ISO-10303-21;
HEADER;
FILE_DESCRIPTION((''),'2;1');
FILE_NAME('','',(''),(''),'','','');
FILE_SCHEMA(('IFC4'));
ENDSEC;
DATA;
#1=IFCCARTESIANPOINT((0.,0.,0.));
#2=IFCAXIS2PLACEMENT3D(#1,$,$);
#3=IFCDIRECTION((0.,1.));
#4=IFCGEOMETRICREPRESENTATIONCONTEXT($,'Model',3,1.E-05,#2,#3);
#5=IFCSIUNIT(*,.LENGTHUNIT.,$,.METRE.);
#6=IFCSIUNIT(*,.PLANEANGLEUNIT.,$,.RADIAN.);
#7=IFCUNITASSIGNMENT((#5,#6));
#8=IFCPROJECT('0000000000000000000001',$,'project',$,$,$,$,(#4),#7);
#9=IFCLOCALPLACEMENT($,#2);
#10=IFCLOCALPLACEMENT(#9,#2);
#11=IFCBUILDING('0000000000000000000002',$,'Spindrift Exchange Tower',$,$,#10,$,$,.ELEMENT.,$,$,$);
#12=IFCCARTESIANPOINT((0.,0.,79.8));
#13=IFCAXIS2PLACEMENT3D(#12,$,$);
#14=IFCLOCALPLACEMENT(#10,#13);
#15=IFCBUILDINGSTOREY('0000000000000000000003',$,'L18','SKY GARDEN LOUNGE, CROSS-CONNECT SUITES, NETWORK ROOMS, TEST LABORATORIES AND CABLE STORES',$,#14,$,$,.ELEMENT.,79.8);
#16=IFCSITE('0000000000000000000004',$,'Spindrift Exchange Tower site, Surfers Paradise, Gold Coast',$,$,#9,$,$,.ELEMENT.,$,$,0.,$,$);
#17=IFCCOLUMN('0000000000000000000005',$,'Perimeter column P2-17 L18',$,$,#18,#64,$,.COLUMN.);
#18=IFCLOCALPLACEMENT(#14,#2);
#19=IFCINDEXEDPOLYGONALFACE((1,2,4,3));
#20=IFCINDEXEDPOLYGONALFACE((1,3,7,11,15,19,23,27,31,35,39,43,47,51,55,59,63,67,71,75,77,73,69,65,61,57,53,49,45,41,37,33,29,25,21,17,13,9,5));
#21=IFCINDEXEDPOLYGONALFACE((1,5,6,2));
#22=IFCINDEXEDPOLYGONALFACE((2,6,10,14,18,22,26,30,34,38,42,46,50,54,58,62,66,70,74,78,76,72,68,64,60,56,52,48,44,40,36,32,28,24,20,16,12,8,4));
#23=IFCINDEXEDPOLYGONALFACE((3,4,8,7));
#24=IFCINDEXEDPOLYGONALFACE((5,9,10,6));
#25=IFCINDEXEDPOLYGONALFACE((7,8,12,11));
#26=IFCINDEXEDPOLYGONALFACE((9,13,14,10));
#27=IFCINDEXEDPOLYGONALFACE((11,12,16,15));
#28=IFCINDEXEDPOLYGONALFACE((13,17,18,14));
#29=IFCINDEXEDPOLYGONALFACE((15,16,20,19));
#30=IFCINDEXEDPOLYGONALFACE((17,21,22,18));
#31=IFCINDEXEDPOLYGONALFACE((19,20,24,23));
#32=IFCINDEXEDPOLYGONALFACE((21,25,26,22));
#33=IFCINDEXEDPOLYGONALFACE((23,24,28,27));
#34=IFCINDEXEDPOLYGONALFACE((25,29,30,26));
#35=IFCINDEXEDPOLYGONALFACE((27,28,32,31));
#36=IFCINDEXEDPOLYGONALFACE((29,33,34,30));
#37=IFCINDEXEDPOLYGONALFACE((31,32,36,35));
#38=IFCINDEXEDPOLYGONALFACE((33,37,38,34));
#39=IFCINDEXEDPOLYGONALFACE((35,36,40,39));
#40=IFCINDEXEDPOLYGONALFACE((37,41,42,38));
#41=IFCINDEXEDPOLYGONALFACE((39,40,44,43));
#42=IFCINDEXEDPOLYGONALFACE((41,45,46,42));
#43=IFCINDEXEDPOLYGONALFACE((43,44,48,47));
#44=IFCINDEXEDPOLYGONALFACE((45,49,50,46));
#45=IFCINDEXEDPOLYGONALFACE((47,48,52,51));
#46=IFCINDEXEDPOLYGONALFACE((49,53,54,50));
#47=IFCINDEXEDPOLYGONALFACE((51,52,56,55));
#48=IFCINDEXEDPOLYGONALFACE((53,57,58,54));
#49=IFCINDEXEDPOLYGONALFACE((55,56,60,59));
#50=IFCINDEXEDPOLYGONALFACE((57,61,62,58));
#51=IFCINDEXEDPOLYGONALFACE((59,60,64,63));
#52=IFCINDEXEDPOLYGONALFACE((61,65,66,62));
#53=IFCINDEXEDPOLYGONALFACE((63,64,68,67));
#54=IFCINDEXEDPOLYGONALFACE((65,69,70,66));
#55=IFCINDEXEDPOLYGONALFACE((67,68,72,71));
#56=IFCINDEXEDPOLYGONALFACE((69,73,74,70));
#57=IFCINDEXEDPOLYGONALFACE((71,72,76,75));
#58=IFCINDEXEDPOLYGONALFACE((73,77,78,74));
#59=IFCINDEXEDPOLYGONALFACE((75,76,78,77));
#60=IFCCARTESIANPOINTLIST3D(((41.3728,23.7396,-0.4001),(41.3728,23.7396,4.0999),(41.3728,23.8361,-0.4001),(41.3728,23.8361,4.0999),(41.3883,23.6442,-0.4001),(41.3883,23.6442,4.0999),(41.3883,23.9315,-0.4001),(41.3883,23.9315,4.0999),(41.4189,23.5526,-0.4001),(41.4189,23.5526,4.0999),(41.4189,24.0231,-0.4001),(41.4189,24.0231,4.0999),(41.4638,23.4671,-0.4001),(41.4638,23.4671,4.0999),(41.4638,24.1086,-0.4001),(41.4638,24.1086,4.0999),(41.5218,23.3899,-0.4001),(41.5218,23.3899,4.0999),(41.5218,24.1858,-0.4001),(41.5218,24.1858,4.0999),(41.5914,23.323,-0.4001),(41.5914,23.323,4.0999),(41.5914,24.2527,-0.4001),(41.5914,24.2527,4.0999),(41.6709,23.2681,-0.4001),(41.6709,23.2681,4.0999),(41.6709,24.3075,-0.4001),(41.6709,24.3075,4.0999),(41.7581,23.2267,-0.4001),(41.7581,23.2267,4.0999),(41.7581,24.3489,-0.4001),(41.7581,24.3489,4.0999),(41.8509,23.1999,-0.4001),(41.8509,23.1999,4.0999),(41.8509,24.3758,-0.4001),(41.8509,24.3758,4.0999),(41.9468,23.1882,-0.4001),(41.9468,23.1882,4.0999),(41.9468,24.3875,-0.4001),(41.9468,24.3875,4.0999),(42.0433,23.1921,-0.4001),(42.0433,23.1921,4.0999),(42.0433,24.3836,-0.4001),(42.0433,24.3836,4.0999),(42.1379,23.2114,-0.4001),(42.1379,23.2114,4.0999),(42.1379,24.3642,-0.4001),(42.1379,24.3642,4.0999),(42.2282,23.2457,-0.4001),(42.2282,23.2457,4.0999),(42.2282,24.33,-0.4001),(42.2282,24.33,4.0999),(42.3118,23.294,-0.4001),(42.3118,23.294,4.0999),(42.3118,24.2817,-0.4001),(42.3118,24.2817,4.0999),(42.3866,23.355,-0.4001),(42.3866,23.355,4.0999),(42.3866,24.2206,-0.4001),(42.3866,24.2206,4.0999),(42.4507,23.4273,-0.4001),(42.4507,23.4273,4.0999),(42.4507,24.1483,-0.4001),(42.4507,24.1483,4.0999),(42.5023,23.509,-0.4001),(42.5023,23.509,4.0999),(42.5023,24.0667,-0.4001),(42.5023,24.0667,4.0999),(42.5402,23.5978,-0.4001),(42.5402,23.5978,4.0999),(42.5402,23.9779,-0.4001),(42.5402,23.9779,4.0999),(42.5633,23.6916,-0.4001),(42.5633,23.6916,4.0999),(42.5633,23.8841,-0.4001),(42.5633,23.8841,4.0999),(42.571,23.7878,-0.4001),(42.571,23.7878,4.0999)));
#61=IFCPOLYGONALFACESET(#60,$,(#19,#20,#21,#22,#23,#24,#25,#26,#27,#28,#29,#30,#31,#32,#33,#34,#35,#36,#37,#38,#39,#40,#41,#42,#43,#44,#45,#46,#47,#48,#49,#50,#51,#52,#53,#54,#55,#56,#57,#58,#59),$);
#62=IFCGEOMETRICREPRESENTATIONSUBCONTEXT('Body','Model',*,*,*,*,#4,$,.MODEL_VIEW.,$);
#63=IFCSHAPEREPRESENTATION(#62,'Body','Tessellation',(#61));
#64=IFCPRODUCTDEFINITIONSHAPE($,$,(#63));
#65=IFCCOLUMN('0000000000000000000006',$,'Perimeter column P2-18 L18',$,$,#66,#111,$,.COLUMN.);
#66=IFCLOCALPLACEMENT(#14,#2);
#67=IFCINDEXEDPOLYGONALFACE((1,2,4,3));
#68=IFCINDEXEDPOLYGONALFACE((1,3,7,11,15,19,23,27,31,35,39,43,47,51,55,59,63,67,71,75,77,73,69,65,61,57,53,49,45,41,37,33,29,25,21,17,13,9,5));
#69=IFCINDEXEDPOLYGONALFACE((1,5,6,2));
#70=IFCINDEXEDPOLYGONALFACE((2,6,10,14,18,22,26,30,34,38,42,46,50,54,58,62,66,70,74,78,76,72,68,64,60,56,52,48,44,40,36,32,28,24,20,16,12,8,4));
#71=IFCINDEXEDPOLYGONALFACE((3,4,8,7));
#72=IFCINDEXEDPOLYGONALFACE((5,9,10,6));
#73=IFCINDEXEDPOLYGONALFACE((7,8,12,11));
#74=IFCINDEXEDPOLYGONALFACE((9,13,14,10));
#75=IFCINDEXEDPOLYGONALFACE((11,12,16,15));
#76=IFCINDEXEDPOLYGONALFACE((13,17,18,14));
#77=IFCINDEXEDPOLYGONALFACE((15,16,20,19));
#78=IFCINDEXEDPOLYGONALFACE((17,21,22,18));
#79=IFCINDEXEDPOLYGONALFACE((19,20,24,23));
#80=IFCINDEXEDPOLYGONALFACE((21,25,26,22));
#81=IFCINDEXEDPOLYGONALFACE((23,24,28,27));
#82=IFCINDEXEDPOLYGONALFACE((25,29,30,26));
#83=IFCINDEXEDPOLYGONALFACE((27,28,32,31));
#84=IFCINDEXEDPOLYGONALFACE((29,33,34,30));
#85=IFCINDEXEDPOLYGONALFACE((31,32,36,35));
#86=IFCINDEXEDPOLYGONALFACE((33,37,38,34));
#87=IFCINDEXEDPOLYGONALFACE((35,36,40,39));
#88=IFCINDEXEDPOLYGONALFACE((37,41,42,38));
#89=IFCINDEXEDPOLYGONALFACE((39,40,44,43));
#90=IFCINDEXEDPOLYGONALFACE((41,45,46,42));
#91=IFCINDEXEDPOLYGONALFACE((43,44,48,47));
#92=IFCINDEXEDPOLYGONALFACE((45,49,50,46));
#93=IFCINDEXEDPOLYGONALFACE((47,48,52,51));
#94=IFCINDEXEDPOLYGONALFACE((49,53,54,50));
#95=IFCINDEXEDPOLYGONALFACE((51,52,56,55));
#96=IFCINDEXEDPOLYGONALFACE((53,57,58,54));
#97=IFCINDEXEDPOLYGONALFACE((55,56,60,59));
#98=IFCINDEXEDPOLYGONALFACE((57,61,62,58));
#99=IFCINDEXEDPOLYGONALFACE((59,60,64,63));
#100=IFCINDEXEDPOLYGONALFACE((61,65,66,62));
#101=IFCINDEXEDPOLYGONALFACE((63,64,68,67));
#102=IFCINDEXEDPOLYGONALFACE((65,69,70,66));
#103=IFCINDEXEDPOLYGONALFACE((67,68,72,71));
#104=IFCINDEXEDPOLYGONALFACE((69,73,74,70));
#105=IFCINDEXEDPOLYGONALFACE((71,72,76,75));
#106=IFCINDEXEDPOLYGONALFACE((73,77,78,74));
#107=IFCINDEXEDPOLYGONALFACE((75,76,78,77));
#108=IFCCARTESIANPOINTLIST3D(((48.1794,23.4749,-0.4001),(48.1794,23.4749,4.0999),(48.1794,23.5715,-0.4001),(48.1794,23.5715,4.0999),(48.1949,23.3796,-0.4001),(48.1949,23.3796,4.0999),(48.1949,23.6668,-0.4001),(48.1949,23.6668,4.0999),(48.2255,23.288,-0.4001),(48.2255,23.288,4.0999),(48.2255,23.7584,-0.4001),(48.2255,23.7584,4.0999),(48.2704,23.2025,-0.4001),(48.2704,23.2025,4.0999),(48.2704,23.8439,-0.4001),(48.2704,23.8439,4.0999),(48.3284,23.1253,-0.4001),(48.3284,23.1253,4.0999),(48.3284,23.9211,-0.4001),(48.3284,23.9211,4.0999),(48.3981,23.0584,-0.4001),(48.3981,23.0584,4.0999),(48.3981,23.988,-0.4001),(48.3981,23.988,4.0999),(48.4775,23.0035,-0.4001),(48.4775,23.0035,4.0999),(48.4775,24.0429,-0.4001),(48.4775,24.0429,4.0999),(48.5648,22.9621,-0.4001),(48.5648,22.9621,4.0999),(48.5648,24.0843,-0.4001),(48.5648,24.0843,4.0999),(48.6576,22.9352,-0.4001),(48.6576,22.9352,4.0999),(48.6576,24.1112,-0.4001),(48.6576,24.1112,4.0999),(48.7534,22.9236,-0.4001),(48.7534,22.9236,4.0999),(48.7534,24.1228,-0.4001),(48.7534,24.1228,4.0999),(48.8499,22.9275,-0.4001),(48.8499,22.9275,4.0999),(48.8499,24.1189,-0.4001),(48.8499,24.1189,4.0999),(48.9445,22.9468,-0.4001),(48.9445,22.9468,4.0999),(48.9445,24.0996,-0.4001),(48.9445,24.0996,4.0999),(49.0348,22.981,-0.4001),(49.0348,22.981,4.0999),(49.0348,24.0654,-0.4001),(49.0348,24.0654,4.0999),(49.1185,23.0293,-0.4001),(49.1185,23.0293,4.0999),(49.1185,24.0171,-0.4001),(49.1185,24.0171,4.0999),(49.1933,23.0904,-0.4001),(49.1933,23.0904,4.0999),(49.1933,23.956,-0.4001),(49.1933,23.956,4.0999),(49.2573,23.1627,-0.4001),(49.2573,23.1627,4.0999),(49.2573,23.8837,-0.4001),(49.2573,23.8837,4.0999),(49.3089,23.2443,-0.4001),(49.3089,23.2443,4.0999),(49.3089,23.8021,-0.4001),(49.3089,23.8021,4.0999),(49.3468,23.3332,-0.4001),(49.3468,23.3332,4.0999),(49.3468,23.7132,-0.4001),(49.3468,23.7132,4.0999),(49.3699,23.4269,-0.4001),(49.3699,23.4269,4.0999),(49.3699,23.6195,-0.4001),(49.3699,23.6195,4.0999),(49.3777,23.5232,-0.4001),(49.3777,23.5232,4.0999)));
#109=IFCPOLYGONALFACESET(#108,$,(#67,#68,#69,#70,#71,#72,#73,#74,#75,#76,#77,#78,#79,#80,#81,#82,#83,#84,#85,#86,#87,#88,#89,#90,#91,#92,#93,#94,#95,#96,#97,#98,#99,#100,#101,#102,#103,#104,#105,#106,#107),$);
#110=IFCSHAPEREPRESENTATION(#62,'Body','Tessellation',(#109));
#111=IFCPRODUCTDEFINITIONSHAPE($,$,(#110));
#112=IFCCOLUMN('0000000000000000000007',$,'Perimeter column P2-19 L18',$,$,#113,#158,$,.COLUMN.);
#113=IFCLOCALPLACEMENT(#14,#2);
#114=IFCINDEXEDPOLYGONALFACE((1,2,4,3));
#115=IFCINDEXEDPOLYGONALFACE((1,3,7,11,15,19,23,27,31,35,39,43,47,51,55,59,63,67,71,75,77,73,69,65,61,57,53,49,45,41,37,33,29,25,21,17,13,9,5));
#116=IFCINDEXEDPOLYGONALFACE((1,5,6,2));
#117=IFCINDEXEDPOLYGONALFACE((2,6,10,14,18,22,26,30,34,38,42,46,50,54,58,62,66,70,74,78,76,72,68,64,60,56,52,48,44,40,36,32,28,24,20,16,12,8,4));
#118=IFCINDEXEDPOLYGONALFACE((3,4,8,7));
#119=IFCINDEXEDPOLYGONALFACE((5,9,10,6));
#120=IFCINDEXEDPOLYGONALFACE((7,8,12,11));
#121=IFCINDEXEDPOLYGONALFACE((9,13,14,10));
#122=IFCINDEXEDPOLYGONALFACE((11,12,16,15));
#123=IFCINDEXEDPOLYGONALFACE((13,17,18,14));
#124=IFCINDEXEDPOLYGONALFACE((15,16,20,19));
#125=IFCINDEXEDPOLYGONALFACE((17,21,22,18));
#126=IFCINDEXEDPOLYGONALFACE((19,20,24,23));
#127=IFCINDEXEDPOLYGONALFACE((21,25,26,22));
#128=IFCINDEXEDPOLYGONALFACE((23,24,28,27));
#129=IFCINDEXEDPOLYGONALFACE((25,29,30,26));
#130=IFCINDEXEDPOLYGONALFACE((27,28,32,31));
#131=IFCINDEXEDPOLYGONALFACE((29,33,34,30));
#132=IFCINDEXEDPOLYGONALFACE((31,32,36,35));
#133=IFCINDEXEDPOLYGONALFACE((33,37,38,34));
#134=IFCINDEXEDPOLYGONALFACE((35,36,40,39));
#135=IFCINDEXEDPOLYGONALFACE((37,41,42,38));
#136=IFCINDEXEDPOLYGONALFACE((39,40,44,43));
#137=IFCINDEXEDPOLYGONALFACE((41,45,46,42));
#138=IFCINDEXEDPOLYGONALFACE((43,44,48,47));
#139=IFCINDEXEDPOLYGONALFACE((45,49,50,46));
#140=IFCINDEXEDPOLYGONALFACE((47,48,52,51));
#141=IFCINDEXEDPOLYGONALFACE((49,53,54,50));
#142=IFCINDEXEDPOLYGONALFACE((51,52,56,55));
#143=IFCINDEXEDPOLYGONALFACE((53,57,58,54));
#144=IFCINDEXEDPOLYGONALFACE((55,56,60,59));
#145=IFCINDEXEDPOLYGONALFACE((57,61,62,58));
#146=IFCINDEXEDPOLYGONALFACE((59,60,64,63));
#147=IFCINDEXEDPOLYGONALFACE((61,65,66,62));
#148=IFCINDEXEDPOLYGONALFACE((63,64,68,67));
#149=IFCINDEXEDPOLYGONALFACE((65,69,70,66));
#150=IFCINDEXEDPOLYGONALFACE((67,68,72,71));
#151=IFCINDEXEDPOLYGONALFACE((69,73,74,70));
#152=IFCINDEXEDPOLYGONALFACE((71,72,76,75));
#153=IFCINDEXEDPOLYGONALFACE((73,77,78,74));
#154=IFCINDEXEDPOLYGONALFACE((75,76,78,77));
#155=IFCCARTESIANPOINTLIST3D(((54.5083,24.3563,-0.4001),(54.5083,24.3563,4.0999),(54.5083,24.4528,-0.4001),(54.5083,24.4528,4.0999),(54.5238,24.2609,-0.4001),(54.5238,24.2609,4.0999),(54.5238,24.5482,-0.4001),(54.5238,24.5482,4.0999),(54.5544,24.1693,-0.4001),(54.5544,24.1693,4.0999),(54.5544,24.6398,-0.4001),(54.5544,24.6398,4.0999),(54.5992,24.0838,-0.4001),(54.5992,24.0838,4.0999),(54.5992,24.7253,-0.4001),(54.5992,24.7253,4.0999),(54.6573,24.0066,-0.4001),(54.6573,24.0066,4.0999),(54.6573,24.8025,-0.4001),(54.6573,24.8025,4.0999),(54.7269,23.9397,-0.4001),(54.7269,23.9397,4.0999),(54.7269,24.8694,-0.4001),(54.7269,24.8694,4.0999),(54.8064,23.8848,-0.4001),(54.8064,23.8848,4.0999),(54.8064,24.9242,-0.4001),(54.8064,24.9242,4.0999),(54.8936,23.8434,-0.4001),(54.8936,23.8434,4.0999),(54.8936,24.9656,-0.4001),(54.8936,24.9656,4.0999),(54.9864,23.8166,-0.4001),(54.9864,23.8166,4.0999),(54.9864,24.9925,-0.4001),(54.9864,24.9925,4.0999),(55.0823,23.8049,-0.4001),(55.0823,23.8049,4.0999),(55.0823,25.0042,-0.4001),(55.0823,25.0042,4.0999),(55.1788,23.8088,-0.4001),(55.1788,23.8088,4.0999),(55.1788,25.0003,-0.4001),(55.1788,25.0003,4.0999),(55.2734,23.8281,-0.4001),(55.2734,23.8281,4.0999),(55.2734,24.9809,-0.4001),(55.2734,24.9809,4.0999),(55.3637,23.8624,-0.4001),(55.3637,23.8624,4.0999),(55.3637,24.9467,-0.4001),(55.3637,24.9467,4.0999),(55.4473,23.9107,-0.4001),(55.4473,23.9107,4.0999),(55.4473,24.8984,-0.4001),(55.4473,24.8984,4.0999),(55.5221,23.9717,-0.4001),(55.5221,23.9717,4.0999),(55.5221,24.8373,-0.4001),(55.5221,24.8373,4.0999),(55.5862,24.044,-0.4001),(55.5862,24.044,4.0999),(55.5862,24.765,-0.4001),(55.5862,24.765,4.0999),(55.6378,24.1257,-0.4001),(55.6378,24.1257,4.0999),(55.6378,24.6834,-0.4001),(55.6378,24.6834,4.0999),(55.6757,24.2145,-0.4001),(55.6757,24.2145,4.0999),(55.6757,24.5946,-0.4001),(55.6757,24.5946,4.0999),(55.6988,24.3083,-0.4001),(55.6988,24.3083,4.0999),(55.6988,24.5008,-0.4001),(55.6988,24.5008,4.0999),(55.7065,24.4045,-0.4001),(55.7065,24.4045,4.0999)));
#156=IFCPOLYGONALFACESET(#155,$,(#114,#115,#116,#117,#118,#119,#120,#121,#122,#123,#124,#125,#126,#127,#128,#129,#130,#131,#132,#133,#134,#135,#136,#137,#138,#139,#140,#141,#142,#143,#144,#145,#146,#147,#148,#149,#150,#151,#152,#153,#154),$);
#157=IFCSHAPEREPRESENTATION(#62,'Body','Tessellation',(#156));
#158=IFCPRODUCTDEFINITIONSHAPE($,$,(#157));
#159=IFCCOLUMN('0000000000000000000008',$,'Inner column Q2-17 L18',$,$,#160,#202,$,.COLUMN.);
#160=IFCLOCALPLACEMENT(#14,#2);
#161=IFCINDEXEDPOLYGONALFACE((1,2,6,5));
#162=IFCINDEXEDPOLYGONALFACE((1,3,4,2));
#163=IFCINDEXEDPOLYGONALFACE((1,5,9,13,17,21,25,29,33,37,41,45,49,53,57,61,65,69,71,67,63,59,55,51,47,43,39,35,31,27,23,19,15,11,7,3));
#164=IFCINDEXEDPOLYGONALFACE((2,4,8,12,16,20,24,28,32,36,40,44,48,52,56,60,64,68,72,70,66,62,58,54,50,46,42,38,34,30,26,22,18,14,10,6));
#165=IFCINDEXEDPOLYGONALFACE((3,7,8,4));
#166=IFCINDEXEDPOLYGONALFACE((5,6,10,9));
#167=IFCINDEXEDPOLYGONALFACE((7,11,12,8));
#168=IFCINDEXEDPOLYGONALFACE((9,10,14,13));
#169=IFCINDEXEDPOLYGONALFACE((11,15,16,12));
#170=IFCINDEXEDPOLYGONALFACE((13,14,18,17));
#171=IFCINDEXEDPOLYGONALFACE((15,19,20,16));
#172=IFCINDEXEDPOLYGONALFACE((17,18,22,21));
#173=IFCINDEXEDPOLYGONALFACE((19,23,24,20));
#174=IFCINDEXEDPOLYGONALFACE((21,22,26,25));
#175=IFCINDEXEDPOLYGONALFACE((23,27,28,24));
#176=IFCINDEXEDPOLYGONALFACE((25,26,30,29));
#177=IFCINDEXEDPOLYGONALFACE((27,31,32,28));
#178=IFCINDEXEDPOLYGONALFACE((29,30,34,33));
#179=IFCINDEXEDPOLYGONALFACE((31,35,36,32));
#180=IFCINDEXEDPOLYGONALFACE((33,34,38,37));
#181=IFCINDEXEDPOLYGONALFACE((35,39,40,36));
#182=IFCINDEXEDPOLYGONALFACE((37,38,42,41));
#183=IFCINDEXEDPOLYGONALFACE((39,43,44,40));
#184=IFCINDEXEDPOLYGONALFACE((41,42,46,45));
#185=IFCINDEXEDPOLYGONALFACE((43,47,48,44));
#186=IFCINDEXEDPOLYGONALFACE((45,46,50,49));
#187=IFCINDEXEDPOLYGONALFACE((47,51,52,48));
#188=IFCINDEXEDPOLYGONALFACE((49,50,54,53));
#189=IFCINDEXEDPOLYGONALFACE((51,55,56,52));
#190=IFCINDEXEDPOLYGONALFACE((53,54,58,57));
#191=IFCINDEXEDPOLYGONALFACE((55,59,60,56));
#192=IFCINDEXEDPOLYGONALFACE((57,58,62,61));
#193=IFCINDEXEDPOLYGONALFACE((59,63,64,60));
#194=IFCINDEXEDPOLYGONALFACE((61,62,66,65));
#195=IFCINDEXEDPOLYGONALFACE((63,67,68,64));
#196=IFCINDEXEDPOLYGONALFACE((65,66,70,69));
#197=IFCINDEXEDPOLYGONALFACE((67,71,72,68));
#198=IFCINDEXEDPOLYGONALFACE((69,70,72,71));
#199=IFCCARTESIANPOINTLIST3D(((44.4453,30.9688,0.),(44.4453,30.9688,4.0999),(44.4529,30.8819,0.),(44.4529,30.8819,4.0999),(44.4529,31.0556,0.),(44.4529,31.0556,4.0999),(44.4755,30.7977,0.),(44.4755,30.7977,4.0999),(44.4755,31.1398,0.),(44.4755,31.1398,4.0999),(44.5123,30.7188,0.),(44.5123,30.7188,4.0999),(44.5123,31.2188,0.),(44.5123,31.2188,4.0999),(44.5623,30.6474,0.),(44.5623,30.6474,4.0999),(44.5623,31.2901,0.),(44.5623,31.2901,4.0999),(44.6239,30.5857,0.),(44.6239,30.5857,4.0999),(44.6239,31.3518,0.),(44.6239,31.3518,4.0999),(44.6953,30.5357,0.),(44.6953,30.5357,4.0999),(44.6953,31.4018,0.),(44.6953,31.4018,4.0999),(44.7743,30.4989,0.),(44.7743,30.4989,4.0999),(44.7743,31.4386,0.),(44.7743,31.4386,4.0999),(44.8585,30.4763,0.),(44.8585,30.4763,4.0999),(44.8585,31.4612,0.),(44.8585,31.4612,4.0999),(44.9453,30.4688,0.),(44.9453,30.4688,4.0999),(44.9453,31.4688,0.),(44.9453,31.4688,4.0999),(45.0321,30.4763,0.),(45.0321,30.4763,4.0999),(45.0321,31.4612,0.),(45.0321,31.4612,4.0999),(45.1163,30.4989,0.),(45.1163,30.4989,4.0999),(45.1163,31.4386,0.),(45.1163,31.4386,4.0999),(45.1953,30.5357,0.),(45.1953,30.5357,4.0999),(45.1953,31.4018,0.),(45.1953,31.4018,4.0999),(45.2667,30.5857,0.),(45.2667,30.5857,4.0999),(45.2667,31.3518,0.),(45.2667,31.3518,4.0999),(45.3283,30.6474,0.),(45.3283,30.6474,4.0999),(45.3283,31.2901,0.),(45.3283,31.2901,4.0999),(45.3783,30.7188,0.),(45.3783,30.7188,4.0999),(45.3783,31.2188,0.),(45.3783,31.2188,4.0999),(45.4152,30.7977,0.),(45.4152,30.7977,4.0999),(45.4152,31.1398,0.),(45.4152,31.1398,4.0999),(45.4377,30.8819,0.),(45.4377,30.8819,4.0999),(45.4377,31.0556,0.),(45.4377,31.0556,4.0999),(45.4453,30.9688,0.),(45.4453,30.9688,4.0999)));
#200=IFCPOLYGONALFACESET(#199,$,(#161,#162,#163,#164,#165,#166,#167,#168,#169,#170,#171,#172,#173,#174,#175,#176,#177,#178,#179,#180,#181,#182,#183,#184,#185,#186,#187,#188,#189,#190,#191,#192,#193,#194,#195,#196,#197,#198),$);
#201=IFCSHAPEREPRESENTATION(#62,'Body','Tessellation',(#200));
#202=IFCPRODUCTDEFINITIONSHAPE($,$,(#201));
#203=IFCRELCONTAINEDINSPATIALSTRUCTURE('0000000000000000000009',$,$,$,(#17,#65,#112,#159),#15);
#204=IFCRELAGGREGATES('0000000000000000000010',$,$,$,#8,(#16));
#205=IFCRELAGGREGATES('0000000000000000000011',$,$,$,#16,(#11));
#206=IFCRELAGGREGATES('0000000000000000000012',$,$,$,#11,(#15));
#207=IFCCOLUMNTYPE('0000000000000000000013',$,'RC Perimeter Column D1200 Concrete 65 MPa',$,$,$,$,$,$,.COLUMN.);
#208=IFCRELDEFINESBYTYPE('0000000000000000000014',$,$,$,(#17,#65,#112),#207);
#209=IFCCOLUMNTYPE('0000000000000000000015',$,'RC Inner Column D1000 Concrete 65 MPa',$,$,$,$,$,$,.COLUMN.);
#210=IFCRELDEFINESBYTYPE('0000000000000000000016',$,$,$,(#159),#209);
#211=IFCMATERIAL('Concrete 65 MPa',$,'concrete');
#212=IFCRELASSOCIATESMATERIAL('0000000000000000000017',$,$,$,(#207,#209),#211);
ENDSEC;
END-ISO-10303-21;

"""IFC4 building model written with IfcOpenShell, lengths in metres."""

from ifc_helpers import new_model, si_unit, direction, frame, origin, origin_2d, place, context, subcontext, project, spatial, circle, extrude, source, transform, mapped, material, material_profile, profile_set, type_object, element, save


model = new_model("IFC4")

# Units and contexts
model_context = context("Model", 3, precision=1e-05, world=origin(), true_north=direction((0.0, 1.0)))
body_context = subcontext(model_context, "Body", "Model", "MODEL_VIEW")
ifc_project = project(units=[si_unit("LENGTHUNIT", "METRE"), si_unit("PLANEANGLEUNIT", "RADIAN")], contexts=[model_context])

# Site, building, storey
site_placement = place(None, origin())
site = spatial("IfcSite", under=ifc_project, at=site_placement, Name="Spindrift Exchange Tower site, Surfers Paradise, Gold Coast", CompositionType="ELEMENT", RefElevation=0.0)
building_placement = place(site_placement, origin())
building = spatial("IfcBuilding", under=site, at=building_placement, Name="Spindrift Exchange Tower", CompositionType="ELEMENT")
storey_placement = place(building_placement, frame((0.0, 0.0, 79.8)))
storey = spatial("IfcBuildingStorey", under=building, at=storey_placement, Name="L18", Description="SKY GARDEN LOUNGE, CROSS-CONNECT SUITES, NETWORK ROOMS, TEST LABORATORIES AND CABLE STORES", CompositionType="ELEMENT", Elevation=79.8)

# Columns
ifc_material_1 = material(Name="Concrete 65 MPa", Category="concrete")
ifc_material_profile_1 = material_profile(ifc_material_1, circle(Radius=0.6001, at=origin_2d()), Name="RC D1200")
ifc_profile_set_1 = profile_set([ifc_material_profile_1], Name="Concrete 65 MPa")
column_type_1 = type_object("IfcColumnType", Name="RC Perimeter Column D1200 Concrete 65 MPa", PredefinedType="COLUMN", material=ifc_profile_set_1)
shared_shape_1 = source(origin(), body_context, "Body", "SweptSolid", [
    extrude(circle(Radius=0.6001, at=origin_2d()), origin(), (0.0, 0.0, 1.0), 4.5),
])
for number, where, z_axis, x_axis, name in (
    (1, (41.9709, 23.7878, -0.4001), (0.0, 0.0, 1.0), (1.0, 0.0, 0.0), "Perimeter column P2-17 L18"),
    (2, (48.7776, 23.5232, -0.4001), (0.0, 0.0, 1.0), (1.0, 0.0, 0.0), "Perimeter column P2-18 L18"),
    (3, (55.1064, 24.4045, -0.4001), (0.0, 0.0, 1.0), (1.0, 0.0, 0.0), "Perimeter column P2-19 L18"),
):
    element("IfcColumn", number, at=place(storey_placement, frame(where, z_axis=z_axis, x_axis=x_axis)), inside=storey, type_object=column_type_1, Name=name, PredefinedType="COLUMN", context=body_context, shape_type="MappedRepresentation", body=[
        mapped(shared_shape_1, transform((0.0, 0.0, 0.0), scale=1.0)),
    ])
ifc_material_profile_2 = material_profile(ifc_material_1, circle(Radius=0.5, at=origin_2d()), Name="RC D1000")
ifc_profile_set_2 = profile_set([ifc_material_profile_2], Name="Concrete 65 MPa")
column_type_2 = type_object("IfcColumnType", Name="RC Inner Column D1000 Concrete 65 MPa", PredefinedType="COLUMN", material=ifc_profile_set_2)
shared_shape_2 = source(origin(), body_context, "Body", "SweptSolid", [
    extrude(circle(Radius=0.5, at=origin_2d()), origin(), (0.0, 0.0, 1.0), 4.0999),
])
for number, where, z_axis, x_axis, name in (
    (4, (44.9453, 30.9688, 0.0), (0.0, 0.0, 1.0), (1.0, 0.0, 0.0), "Inner column Q2-17 L18"),
):
    element("IfcColumn", number, at=place(storey_placement, frame(where, z_axis=z_axis, x_axis=x_axis)), inside=storey, type_object=column_type_2, Name=name, PredefinedType="COLUMN", context=body_context, shape_type="MappedRepresentation", body=[
        mapped(shared_shape_2, transform((0.0, 0.0, 0.0), scale=1.0)),
    ])

save(model, "model.ifc")
